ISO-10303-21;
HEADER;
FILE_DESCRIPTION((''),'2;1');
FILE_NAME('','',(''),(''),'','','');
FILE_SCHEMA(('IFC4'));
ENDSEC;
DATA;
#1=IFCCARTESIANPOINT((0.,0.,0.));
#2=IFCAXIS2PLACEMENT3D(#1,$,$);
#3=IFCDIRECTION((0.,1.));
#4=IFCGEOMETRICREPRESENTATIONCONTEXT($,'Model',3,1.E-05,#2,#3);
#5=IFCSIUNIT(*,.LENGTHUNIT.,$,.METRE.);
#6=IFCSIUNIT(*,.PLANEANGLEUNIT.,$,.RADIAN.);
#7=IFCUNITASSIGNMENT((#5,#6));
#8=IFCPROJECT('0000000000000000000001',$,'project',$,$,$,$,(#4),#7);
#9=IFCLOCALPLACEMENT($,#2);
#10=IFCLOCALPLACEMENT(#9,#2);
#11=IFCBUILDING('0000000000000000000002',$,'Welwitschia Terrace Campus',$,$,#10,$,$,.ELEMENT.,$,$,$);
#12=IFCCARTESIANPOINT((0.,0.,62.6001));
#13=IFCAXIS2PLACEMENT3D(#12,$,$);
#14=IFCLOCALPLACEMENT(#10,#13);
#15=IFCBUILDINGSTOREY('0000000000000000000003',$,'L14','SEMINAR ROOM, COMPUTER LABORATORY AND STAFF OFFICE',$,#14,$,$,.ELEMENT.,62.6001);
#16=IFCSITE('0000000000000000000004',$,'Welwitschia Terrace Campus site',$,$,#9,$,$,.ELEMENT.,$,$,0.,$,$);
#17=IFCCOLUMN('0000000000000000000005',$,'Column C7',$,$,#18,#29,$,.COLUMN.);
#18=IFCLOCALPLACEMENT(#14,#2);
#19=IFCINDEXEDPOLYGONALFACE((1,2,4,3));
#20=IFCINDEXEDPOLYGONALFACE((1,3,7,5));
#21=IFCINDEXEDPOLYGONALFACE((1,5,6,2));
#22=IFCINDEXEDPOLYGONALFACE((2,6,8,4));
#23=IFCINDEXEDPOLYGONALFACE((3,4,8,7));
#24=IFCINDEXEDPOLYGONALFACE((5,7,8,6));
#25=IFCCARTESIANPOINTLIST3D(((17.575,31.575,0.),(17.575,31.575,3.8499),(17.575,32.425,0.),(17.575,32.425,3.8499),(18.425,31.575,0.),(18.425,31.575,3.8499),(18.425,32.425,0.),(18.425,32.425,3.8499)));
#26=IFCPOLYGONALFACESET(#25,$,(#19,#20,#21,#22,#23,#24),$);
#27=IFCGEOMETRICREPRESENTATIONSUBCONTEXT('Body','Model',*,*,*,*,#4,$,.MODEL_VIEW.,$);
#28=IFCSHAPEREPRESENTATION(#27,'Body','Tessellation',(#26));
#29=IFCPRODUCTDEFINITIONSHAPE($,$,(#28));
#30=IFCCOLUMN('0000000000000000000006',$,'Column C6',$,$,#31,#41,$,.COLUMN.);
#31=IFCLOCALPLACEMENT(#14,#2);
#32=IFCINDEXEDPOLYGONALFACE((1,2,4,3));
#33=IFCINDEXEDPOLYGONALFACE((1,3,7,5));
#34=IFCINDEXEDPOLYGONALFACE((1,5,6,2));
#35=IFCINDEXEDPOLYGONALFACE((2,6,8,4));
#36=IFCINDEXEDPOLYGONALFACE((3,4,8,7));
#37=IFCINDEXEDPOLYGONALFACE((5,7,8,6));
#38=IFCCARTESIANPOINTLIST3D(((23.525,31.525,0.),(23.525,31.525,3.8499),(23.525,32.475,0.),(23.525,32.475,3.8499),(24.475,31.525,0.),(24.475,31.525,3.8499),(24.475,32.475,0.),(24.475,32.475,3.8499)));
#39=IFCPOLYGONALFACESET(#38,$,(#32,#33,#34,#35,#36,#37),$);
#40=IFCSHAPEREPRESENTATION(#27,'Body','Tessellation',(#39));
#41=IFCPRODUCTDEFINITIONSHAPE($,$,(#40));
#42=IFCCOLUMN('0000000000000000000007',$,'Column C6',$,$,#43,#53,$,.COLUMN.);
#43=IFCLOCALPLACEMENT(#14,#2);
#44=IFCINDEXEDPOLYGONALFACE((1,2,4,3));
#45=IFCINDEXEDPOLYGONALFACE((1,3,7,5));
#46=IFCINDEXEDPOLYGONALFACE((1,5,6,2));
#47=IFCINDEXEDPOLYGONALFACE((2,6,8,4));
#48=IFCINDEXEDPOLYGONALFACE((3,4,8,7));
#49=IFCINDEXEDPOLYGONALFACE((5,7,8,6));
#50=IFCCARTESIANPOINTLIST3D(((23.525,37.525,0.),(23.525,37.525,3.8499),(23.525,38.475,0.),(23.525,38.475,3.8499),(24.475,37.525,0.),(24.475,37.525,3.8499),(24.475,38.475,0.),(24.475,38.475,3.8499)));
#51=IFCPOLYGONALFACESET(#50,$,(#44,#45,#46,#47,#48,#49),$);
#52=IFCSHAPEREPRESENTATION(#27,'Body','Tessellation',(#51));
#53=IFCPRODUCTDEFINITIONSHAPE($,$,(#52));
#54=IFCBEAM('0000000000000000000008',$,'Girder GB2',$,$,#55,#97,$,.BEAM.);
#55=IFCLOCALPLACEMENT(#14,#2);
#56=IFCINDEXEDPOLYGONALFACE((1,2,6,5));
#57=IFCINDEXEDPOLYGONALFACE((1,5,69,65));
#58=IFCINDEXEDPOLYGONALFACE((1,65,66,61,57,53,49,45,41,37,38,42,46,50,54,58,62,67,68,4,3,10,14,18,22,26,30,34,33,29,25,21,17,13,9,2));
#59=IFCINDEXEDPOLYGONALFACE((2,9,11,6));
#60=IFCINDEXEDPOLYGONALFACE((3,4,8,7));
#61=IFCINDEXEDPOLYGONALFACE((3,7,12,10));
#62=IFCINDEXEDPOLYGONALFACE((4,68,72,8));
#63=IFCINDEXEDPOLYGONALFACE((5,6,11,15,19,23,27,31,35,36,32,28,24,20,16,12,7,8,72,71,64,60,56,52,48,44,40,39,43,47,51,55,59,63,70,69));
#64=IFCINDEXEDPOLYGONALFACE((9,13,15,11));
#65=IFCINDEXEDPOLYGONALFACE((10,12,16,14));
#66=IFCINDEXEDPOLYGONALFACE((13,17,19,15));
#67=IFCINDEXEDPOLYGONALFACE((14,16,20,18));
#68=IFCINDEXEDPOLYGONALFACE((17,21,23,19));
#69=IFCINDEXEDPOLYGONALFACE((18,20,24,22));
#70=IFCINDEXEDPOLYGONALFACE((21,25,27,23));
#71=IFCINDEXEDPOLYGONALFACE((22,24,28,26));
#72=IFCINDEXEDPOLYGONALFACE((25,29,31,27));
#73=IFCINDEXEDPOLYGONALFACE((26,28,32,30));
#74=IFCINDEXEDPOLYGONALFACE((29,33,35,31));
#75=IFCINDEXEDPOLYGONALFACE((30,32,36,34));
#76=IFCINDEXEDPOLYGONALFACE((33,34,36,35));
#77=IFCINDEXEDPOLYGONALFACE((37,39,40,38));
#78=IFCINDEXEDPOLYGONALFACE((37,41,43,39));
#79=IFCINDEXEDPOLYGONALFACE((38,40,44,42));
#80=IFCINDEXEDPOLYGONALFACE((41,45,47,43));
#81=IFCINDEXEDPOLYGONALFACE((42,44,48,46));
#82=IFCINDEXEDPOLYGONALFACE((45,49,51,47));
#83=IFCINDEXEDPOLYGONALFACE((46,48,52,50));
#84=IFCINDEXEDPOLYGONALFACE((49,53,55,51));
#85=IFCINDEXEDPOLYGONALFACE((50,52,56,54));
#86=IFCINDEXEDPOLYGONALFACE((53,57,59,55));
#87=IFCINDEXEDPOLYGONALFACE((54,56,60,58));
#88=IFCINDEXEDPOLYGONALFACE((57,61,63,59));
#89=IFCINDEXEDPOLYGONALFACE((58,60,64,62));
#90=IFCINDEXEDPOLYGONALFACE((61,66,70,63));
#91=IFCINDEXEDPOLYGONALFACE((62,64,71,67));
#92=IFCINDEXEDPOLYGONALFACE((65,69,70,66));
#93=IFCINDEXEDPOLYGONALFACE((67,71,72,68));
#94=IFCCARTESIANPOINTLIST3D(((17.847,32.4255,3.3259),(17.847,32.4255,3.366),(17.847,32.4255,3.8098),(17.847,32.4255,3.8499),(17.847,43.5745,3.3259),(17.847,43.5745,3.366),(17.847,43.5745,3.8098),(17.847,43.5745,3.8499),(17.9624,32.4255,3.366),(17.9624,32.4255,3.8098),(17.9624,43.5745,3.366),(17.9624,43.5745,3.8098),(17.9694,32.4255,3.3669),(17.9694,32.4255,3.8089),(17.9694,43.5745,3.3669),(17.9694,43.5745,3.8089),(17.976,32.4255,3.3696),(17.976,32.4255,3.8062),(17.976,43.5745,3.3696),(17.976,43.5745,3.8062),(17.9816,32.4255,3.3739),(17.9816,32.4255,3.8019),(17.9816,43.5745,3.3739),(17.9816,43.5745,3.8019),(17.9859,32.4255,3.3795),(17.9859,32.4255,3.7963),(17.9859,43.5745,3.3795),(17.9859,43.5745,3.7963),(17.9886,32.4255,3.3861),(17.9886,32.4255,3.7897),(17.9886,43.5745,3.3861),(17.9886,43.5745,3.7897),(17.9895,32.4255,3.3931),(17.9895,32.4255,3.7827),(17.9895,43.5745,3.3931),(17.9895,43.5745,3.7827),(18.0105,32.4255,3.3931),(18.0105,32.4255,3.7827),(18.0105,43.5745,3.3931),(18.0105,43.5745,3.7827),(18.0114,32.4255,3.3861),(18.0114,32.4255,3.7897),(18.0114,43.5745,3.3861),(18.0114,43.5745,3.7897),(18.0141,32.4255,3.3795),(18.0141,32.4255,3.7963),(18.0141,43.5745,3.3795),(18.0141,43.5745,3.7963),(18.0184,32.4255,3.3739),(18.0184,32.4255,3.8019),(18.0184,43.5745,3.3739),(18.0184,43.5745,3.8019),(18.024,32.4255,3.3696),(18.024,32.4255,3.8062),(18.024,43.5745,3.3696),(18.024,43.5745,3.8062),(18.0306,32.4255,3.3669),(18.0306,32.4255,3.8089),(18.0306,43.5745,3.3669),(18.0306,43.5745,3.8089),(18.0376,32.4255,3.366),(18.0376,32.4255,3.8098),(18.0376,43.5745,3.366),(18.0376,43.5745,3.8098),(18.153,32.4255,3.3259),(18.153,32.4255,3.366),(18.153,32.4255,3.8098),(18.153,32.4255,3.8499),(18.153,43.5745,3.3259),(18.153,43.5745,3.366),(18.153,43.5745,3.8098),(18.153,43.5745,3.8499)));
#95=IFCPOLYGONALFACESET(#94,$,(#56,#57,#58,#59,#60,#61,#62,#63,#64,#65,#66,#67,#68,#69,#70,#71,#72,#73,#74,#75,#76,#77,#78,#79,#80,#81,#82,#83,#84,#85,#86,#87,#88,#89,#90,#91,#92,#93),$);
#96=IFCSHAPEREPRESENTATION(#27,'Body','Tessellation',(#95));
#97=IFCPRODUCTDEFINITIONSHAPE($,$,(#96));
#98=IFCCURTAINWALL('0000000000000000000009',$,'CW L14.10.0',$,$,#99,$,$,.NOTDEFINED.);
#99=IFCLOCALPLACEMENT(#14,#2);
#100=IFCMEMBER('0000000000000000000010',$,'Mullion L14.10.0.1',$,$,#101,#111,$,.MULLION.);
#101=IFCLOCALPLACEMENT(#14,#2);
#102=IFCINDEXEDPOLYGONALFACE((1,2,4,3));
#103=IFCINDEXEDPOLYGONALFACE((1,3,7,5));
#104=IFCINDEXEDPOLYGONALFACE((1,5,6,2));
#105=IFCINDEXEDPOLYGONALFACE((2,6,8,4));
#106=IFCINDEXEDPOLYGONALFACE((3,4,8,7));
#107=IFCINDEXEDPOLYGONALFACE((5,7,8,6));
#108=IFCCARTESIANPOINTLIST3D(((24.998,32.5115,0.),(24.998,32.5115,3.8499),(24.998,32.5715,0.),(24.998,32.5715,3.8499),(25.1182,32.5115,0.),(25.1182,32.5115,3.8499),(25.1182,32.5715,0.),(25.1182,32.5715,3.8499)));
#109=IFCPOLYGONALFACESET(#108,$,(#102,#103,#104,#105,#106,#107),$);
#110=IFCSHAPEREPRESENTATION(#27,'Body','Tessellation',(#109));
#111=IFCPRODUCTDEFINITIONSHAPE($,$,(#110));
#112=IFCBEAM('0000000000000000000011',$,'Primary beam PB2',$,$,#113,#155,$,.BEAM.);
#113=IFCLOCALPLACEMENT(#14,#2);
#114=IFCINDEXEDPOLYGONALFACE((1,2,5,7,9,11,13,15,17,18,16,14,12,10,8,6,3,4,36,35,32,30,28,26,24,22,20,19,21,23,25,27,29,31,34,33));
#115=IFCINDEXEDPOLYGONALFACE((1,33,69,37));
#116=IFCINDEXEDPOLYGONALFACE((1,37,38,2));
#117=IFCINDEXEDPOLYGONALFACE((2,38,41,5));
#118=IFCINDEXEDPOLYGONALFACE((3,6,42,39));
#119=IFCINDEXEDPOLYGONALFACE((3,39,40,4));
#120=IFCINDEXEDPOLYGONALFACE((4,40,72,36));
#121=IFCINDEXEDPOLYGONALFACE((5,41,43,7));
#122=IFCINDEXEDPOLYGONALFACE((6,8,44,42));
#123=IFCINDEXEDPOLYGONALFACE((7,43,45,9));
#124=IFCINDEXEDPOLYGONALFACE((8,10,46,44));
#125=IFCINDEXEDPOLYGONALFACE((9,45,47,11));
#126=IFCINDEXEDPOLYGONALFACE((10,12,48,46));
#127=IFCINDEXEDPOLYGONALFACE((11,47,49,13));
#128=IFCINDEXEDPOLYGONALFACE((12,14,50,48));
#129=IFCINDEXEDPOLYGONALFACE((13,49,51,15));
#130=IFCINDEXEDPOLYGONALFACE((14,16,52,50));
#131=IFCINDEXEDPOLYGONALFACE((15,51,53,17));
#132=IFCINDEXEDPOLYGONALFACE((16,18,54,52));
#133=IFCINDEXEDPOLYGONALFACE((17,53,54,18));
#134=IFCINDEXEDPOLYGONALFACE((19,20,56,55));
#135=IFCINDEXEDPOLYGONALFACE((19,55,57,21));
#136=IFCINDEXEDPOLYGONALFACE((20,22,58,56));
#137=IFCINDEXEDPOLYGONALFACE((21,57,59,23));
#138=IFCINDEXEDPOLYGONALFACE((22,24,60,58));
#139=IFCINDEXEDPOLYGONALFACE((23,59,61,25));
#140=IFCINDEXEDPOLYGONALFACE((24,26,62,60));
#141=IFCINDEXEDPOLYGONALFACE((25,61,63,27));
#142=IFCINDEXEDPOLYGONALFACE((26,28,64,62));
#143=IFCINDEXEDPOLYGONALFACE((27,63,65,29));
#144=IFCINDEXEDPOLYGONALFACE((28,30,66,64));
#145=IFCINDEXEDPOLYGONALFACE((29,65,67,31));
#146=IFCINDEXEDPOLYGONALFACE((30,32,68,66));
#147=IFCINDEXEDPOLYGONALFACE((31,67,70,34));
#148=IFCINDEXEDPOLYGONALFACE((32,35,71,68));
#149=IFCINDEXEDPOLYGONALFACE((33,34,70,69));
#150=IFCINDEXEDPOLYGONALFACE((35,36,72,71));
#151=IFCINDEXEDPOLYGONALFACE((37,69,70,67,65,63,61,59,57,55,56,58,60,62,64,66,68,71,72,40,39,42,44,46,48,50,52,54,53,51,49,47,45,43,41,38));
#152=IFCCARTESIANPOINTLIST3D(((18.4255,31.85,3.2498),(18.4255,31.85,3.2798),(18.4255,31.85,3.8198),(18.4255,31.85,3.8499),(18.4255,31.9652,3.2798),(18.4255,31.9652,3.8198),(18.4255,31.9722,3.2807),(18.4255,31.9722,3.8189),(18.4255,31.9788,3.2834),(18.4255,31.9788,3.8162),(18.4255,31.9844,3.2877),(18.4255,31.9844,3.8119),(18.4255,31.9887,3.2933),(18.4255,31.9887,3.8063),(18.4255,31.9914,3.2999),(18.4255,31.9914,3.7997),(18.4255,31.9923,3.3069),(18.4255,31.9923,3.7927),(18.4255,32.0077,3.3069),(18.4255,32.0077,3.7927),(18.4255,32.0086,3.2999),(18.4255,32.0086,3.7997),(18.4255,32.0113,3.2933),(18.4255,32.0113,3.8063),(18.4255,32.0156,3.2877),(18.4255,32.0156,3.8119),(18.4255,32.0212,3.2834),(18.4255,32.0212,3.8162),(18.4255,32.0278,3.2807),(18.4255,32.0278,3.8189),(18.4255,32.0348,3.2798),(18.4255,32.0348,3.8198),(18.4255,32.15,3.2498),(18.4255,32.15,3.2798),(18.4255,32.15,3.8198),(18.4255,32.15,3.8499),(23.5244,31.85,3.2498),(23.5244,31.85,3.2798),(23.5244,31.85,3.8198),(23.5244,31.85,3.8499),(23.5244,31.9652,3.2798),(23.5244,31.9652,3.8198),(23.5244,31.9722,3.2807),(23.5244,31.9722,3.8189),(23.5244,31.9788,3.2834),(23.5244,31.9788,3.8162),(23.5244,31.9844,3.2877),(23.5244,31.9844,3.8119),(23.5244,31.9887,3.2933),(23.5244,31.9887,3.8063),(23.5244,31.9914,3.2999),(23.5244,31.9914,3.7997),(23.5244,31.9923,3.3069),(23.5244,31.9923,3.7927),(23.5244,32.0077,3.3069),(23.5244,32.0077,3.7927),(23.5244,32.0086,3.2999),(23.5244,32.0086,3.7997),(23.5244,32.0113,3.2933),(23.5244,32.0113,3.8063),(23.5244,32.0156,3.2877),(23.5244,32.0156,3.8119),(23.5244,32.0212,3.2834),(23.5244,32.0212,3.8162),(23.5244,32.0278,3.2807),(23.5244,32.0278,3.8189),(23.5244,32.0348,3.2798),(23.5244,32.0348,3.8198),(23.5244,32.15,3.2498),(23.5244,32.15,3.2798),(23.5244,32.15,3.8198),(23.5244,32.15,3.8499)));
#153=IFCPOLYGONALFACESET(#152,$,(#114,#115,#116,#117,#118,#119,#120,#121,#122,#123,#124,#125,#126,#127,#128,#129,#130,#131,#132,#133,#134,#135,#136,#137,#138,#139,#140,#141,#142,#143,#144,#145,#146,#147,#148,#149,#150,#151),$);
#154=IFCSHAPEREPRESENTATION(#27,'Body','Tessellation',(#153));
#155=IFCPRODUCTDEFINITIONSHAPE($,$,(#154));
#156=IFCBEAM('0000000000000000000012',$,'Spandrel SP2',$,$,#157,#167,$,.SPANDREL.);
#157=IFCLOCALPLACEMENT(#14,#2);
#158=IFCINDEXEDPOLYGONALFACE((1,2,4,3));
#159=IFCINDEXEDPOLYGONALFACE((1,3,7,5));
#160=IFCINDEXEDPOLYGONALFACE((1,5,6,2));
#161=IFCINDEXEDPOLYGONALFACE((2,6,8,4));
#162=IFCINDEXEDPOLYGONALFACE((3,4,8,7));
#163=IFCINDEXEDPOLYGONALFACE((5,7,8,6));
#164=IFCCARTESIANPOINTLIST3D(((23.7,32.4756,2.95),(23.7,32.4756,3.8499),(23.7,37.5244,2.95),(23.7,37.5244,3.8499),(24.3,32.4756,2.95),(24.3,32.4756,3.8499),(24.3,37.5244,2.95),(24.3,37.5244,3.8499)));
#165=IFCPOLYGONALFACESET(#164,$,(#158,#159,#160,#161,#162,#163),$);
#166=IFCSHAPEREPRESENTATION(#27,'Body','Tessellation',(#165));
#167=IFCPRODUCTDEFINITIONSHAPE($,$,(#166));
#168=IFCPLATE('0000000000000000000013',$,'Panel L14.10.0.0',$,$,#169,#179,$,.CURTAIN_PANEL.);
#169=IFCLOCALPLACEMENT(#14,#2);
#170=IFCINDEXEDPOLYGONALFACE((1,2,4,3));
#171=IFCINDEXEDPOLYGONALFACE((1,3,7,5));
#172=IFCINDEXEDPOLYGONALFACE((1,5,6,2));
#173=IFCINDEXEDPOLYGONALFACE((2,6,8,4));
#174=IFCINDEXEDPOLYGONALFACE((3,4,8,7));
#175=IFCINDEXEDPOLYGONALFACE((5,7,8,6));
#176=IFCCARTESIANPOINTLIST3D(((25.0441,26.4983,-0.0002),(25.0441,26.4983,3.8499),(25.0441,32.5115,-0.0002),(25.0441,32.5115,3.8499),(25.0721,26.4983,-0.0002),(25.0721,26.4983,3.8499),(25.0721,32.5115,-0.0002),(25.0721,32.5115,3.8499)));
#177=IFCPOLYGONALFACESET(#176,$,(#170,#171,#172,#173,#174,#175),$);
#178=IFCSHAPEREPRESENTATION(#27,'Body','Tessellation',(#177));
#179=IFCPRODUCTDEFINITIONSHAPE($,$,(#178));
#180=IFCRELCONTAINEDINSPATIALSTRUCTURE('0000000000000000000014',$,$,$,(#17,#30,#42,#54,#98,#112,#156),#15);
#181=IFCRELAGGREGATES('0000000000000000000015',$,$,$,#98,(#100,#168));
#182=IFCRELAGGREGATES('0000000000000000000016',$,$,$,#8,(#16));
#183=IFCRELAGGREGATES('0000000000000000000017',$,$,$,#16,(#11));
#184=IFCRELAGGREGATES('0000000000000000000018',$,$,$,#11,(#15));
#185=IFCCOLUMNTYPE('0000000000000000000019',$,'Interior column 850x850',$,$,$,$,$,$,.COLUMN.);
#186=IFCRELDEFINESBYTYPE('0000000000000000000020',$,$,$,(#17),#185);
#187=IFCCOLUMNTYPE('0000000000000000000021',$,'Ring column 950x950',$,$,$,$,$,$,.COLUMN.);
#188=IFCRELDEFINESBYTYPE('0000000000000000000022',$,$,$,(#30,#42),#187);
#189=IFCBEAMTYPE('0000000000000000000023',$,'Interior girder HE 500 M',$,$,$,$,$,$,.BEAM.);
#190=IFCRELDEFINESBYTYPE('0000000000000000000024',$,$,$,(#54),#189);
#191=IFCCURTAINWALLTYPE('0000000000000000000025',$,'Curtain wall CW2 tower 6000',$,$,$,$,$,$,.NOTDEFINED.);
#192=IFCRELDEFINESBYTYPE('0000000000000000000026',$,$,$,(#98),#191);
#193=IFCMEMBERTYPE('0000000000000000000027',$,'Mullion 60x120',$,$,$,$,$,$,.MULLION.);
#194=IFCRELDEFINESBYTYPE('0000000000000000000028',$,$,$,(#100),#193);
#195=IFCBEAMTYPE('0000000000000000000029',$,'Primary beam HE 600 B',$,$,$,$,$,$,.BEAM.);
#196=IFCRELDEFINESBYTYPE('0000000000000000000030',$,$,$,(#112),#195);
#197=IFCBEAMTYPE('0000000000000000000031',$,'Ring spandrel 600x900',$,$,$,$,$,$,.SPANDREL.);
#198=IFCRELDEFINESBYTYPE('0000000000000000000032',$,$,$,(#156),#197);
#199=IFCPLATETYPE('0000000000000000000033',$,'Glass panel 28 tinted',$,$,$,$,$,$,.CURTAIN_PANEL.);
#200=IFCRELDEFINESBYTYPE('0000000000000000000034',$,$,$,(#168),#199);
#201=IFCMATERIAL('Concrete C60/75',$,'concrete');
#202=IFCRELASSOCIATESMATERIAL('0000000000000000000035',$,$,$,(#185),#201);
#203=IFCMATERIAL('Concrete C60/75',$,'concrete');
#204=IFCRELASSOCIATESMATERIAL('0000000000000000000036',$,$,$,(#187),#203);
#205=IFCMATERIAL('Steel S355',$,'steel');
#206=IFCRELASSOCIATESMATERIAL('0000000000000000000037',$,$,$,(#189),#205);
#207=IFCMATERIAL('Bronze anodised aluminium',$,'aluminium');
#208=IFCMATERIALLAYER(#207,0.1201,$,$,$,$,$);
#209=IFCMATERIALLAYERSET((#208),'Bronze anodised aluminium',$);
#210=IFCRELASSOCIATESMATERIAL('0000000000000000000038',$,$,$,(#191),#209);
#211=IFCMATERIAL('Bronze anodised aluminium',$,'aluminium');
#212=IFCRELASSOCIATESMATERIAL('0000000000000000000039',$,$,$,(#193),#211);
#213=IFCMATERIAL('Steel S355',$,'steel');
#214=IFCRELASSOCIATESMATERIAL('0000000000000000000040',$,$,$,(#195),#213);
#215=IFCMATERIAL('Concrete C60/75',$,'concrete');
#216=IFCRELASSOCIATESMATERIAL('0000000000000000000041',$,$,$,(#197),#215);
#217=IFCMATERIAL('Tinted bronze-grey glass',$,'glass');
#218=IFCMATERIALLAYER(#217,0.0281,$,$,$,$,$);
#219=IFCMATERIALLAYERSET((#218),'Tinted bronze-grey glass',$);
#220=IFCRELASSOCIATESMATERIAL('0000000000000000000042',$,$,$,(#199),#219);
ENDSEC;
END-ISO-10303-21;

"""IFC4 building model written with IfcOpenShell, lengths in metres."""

from ifc_helpers import new_model, si_unit, direction, frame, origin, origin_2d, place, context, subcontext, project, spatial, rectangle, i_section, extrude, material, layer, layer_set, material_profile, profile_set, type_object, element, aggregate, save


model = new_model("IFC4")

# Units and contexts
model_context = context("Model", 3, precision=1e-05, world=origin(), true_north=direction((0.0, 1.0)))
body_context = subcontext(model_context, "Body", "Model", "MODEL_VIEW")
ifc_project = project(units=[si_unit("LENGTHUNIT", "METRE"), si_unit("PLANEANGLEUNIT", "RADIAN")], contexts=[model_context])

# Site, building, storey
site_placement = place(None, origin())
site = spatial("IfcSite", under=ifc_project, at=site_placement, Name="Welwitschia Terrace Campus site", CompositionType="ELEMENT", RefElevation=0.0)
building_placement = place(site_placement, origin())
building = spatial("IfcBuilding", under=site, at=building_placement, Name="Welwitschia Terrace Campus", CompositionType="ELEMENT")
storey_placement = place(building_placement, frame((0.0, 0.0, 62.6001)))
storey = spatial("IfcBuildingStorey", under=building, at=storey_placement, Name="L14", Description="SEMINAR ROOM, COMPUTER LABORATORY AND STAFF OFFICE", CompositionType="ELEMENT", Elevation=62.6001)

# Columns
ifc_material_1 = material(Name="Concrete C60/75", Category="concrete")
ifc_material_profile_1 = material_profile(ifc_material_1, rectangle(XDim=0.8501, YDim=0.8501, at=origin_2d()))
ifc_profile_set_1 = profile_set([ifc_material_profile_1], Name="Concrete C60/75")
column_type_1 = type_object("IfcColumnType", Name="Interior column 850x850", PredefinedType="COLUMN", material=ifc_profile_set_1)
column_placement = place(storey_placement, frame((18.0, 32.0, 0.0), z_axis=(0.0, 0.0, 1.0), x_axis=(1.0, 0.0, 0.0)))
element("IfcColumn", 1, at=column_placement, inside=storey, type_object=column_type_1, Name="Column C7", PredefinedType="COLUMN", context=body_context, shape_type="SweptSolid", body=[
    extrude(rectangle(XDim=0.8501, YDim=0.8501, at=origin_2d()), origin(), (0.0, 0.0, 1.0), 3.8499),
])
ifc_material_2 = material(Name="Concrete C60/75", Category="concrete")
ifc_material_profile_2 = material_profile(ifc_material_2, rectangle(XDim=0.95, YDim=0.95, at=origin_2d()))
ifc_profile_set_2 = profile_set([ifc_material_profile_2], Name="Concrete C60/75")
column_type_2 = type_object("IfcColumnType", Name="Ring column 950x950", PredefinedType="COLUMN", material=ifc_profile_set_2)
for number, where, z_axis, x_axis, name in (
    (2, (24.0, 32.0, 0.0), (0.0, 0.0, 1.0), (1.0, 0.0, 0.0), "Column C6"),
    (3, (24.0, 38.0, 0.0), (0.0, 0.0, 1.0), (1.0, 0.0, 0.0), "Column C6"),
):
    element("IfcColumn", number, at=place(storey_placement, frame(where, z_axis=z_axis, x_axis=x_axis)), inside=storey, type_object=column_type_2, Name=name, PredefinedType="COLUMN", context=body_context, shape_type="SweptSolid", body=[
        extrude(rectangle(XDim=0.95, YDim=0.95, at=origin_2d()), origin(), (0.0, 0.0, 1.0), 3.8499),
    ])

# Beam
ifc_material_3 = material(Name="Steel S355", Category="steel")
ifc_material_profile_3 = material_profile(ifc_material_3, i_section(OverallWidth=0.3059, OverallDepth=0.5239, WebThickness=0.021, FlangeThickness=0.04, FilletRadius=0.0271, at=origin_2d()))
ifc_profile_set_3 = profile_set([ifc_material_profile_3], Name="Steel S355")
beam_type_1 = type_object("IfcBeamType", Name="Interior girder HE 500 M", PredefinedType="BEAM", material=ifc_profile_set_3)
beam_1_placement = place(storey_placement, frame((18.0, 32.4255, 3.5879), z_axis=(0.0, 1.0, 0.0), x_axis=(-1.0, 0.0, 0.0)))
element("IfcBeam", 4, at=beam_1_placement, inside=storey, type_object=beam_type_1, Name="Girder GB2", PredefinedType="BEAM", context=body_context, shape_type="SweptSolid", body=[
    extrude(i_section(OverallWidth=0.3059, OverallDepth=0.5239, WebThickness=0.021, FlangeThickness=0.04, FilletRadius=0.0271, at=origin_2d()), origin(), (0.0, 0.0, 1.0), 11.1489),
])

# Curtain wall, member
ifc_material_4 = material(Name="Bronze anodised aluminium", Category="aluminium")
ifc_layer_1 = layer(ifc_material_4, 0.1201)
ifc_layer_set_1 = layer_set([ifc_layer_1], Name="Bronze anodised aluminium")
curtain_wall_type = type_object("IfcCurtainWallType", Name="Curtain wall CW2 tower 6000", PredefinedType="NOTDEFINED", material=ifc_layer_set_1)
curtain_wall_placement = place(storey_placement, origin())
curtain_wall = element("IfcCurtainWall", 5, at=curtain_wall_placement, inside=storey, type_object=curtain_wall_type, Name="CW L14.10.0", PredefinedType="NOTDEFINED")
ifc_material_5 = material(Name="Bronze anodised aluminium", Category="aluminium")
ifc_material_profile_4 = material_profile(ifc_material_5, rectangle(XDim=0.1201, YDim=0.0601, at=origin_2d()))
ifc_profile_set_4 = profile_set([ifc_material_profile_4], Name="Bronze anodised aluminium")
member_type = type_object("IfcMemberType", Name="Mullion 60x120", PredefinedType="MULLION", material=ifc_profile_set_4)
member_placement = place(storey_placement, frame((25.0581, 32.5415, 0.0), z_axis=(0.0, 0.0, 1.0), x_axis=(-1.0, 0.0, 0.0)))
member = element("IfcMember", 6, at=member_placement, type_object=member_type, Name="Mullion L14.10.0.1", PredefinedType="MULLION", context=body_context, shape_type="SweptSolid", body=[
    extrude(rectangle(XDim=0.1201, YDim=0.0601, at=origin_2d()), origin(), (0.0, 0.0, 1.0), 3.8499),
])

# Beams
ifc_material_6 = material(Name="Steel S355", Category="steel")
ifc_material_profile_5 = material_profile(ifc_material_6, i_section(OverallWidth=0.3, OverallDepth=0.6001, WebThickness=0.0154, FlangeThickness=0.03, FilletRadius=0.0271, at=origin_2d()))
ifc_profile_set_5 = profile_set([ifc_material_profile_5], Name="Steel S355")
beam_type_2 = type_object("IfcBeamType", Name="Primary beam HE 600 B", PredefinedType="BEAM", material=ifc_profile_set_5)
beam_2_placement = place(storey_placement, frame((23.5244, 32.0, 3.5498), z_axis=(-1.0, 0.0, 0.0), x_axis=(0.0, -1.0, 0.0)))
element("IfcBeam", 7, at=beam_2_placement, inside=storey, type_object=beam_type_2, Name="Primary beam PB2", PredefinedType="BEAM", context=body_context, shape_type="SweptSolid", body=[
    extrude(i_section(OverallWidth=0.3, OverallDepth=0.6001, WebThickness=0.0154, FlangeThickness=0.03, FilletRadius=0.0271, at=origin_2d()), origin(), (0.0, 0.0, 1.0), 5.0989),
])
ifc_material_7 = material(Name="Concrete C60/75", Category="concrete")
ifc_material_profile_6 = material_profile(ifc_material_7, rectangle(XDim=0.6001, YDim=0.8999, at=origin_2d()))
ifc_profile_set_6 = profile_set([ifc_material_profile_6], Name="Concrete C60/75")
beam_type_3 = type_object("IfcBeamType", Name="Ring spandrel 600x900", PredefinedType="SPANDREL", material=ifc_profile_set_6)
beam_3_placement = place(storey_placement, frame((24.0, 32.4756, 3.3999), z_axis=(0.0, 1.0, 0.0), x_axis=(-1.0, 0.0, 0.0)))
element("IfcBeam", 8, at=beam_3_placement, inside=storey, type_object=beam_type_3, Name="Spandrel SP2", PredefinedType="SPANDREL", context=body_context, shape_type="SweptSolid", body=[
    extrude(rectangle(XDim=0.6001, YDim=0.8999, at=origin_2d()), origin(), (0.0, 0.0, 1.0), 5.0488),
])

# Plate
ifc_material_8 = material(Name="Tinted bronze-grey glass", Category="glass")
ifc_layer_2 = layer(ifc_material_8, 0.0281)
ifc_layer_set_2 = layer_set([ifc_layer_2], Name="Tinted bronze-grey glass")
plate_type = type_object("IfcPlateType", Name="Glass panel 28 tinted", PredefinedType="CURTAIN_PANEL", material=ifc_layer_set_2)
plate_1_placement = place(storey_placement, frame((25.0581, 29.5049, -0.0002), z_axis=(0.0, 0.0, 1.0), x_axis=(0.0, 1.0, 0.0)))
plate_1 = element("IfcPlate", 9, at=plate_1_placement, type_object=plate_type, Name="Panel L14.10.0.0", PredefinedType="CURTAIN_PANEL", context=body_context, shape_type="SweptSolid", body=[
    extrude(rectangle(XDim=6.0132, YDim=0.0281, at=origin_2d()), origin(), (0.0, 0.0, 1.0), 3.8501),
])
aggregate(curtain_wall, [member, plate_1])

save(model, "model.ifc")
